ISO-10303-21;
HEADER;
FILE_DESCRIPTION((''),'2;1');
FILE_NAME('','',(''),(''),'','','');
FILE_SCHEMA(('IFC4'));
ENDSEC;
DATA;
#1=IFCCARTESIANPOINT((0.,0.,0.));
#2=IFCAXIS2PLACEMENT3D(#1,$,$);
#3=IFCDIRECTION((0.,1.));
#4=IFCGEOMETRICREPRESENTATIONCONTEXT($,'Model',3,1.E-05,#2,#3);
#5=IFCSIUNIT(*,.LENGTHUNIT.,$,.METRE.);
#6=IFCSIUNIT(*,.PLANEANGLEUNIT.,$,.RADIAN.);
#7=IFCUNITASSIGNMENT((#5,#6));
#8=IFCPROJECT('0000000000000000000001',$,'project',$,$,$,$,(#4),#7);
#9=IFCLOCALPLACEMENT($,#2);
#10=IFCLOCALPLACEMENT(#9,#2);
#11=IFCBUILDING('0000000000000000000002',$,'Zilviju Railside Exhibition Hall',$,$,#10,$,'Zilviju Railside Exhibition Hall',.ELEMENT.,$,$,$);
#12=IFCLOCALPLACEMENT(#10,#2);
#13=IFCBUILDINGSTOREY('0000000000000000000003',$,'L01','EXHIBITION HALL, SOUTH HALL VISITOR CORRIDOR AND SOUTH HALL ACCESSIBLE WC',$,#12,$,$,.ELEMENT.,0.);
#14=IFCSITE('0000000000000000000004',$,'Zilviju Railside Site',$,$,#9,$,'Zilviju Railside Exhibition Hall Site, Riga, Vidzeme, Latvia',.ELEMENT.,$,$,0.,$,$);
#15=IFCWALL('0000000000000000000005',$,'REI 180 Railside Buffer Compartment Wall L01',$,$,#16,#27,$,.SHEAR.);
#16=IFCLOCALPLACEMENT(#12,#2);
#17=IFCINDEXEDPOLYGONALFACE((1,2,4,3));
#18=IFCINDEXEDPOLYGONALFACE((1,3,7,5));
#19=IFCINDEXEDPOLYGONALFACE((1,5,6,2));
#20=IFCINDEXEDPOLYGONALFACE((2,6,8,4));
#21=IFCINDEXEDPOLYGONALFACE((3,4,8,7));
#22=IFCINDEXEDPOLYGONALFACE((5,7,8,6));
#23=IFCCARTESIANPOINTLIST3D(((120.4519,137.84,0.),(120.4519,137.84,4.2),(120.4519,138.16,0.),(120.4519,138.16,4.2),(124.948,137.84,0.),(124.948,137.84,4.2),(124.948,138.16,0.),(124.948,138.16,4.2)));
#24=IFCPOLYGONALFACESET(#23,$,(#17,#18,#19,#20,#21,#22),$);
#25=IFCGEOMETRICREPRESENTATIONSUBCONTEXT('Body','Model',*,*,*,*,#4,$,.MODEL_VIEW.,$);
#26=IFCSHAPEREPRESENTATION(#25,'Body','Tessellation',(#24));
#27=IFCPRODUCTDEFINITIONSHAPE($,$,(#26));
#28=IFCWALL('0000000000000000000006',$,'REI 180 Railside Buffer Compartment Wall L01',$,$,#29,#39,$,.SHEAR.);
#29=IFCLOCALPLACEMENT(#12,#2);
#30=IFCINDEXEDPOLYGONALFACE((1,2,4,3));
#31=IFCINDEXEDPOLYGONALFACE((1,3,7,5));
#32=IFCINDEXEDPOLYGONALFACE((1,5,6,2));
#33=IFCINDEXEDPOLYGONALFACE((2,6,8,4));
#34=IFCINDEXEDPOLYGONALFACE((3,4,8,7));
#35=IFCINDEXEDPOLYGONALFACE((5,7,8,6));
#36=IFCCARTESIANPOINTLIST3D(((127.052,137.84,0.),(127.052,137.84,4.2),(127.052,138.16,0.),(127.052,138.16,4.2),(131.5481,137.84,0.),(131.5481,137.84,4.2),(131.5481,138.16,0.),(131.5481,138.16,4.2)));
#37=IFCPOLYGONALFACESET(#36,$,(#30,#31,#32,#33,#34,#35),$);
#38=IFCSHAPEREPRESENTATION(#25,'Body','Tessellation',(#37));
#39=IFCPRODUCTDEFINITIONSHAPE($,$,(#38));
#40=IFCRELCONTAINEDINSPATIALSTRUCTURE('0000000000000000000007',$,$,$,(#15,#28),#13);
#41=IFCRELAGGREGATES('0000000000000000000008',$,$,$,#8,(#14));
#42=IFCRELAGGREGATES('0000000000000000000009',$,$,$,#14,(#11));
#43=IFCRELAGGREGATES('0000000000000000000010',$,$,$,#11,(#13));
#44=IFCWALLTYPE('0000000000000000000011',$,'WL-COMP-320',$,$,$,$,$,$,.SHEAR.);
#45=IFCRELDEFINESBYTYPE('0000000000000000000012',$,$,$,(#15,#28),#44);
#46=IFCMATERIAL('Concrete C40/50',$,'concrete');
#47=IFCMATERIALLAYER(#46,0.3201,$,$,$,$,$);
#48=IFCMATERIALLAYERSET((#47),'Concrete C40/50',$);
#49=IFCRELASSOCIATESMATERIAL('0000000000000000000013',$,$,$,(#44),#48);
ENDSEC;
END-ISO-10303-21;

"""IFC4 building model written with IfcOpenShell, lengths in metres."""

from ifc_helpers import new_model, si_unit, direction, frame, frame_2d, origin, place, context, subcontext, project, spatial, rectangle, extrude, material, layer, layer_set, type_object, element, save


model = new_model("IFC4")

# Units and contexts
model_context = context("Model", 3, precision=1e-05, world=origin(), true_north=direction((0.0, 1.0)))
body_context = subcontext(model_context, "Body", "Model", "MODEL_VIEW")
ifc_project = project(units=[si_unit("LENGTHUNIT", "METRE"), si_unit("PLANEANGLEUNIT", "RADIAN")], contexts=[model_context])

# Site, building, storey
site_placement = place(None, origin())
site = spatial("IfcSite", under=ifc_project, at=site_placement, Name="Zilviju Railside Site", LongName="Zilviju Railside Exhibition Hall Site, Riga, Vidzeme, Latvia", CompositionType="ELEMENT", RefElevation=0.0)
building_placement = place(site_placement, origin())
building = spatial("IfcBuilding", under=site, at=building_placement, Name="Zilviju Railside Exhibition Hall", LongName="Zilviju Railside Exhibition Hall", CompositionType="ELEMENT")
storey_placement = place(building_placement, origin())
storey = spatial("IfcBuildingStorey", under=building, at=storey_placement, Name="L01", Description="EXHIBITION HALL, SOUTH HALL VISITOR CORRIDOR AND SOUTH HALL ACCESSIBLE WC", CompositionType="ELEMENT", Elevation=0.0)

# Shared definitions
ifc_material_1 = material(Name="Concrete C40/50", Category="concrete")

# Walls
ifc_layer = layer(ifc_material_1, 0.3201)
ifc_layer_set = layer_set([ifc_layer], Name="Concrete C40/50")
wall_type = type_object("IfcWallType", Name="WL-COMP-320", PredefinedType="SHEAR", material=ifc_layer_set)
for number, where, z_axis, x_axis, name in (
    (1, (120.4519, 138.0, 0.0), (0.0, 0.0, 1.0), (1.0, 0.0, 0.0), "REI 180 Railside Buffer Compartment Wall L01"),
    (2, (127.052, 138.0, 0.0), (0.0, 0.0, 1.0), (1.0, 0.0, 0.0), "REI 180 Railside Buffer Compartment Wall L01"),
):
    element("IfcWall", number, at=place(storey_placement, frame(where, z_axis=z_axis, x_axis=x_axis)), inside=storey, type_object=wall_type, Name=name, PredefinedType="SHEAR", context=body_context, shape_type="SweptSolid", body=[
        extrude(rectangle(XDim=4.4961, YDim=0.3201, at=frame_2d((2.248, 0.0))), origin(), (0.0, 0.0, 1.0), 4.2),
    ])

save(model, "model.ifc")
